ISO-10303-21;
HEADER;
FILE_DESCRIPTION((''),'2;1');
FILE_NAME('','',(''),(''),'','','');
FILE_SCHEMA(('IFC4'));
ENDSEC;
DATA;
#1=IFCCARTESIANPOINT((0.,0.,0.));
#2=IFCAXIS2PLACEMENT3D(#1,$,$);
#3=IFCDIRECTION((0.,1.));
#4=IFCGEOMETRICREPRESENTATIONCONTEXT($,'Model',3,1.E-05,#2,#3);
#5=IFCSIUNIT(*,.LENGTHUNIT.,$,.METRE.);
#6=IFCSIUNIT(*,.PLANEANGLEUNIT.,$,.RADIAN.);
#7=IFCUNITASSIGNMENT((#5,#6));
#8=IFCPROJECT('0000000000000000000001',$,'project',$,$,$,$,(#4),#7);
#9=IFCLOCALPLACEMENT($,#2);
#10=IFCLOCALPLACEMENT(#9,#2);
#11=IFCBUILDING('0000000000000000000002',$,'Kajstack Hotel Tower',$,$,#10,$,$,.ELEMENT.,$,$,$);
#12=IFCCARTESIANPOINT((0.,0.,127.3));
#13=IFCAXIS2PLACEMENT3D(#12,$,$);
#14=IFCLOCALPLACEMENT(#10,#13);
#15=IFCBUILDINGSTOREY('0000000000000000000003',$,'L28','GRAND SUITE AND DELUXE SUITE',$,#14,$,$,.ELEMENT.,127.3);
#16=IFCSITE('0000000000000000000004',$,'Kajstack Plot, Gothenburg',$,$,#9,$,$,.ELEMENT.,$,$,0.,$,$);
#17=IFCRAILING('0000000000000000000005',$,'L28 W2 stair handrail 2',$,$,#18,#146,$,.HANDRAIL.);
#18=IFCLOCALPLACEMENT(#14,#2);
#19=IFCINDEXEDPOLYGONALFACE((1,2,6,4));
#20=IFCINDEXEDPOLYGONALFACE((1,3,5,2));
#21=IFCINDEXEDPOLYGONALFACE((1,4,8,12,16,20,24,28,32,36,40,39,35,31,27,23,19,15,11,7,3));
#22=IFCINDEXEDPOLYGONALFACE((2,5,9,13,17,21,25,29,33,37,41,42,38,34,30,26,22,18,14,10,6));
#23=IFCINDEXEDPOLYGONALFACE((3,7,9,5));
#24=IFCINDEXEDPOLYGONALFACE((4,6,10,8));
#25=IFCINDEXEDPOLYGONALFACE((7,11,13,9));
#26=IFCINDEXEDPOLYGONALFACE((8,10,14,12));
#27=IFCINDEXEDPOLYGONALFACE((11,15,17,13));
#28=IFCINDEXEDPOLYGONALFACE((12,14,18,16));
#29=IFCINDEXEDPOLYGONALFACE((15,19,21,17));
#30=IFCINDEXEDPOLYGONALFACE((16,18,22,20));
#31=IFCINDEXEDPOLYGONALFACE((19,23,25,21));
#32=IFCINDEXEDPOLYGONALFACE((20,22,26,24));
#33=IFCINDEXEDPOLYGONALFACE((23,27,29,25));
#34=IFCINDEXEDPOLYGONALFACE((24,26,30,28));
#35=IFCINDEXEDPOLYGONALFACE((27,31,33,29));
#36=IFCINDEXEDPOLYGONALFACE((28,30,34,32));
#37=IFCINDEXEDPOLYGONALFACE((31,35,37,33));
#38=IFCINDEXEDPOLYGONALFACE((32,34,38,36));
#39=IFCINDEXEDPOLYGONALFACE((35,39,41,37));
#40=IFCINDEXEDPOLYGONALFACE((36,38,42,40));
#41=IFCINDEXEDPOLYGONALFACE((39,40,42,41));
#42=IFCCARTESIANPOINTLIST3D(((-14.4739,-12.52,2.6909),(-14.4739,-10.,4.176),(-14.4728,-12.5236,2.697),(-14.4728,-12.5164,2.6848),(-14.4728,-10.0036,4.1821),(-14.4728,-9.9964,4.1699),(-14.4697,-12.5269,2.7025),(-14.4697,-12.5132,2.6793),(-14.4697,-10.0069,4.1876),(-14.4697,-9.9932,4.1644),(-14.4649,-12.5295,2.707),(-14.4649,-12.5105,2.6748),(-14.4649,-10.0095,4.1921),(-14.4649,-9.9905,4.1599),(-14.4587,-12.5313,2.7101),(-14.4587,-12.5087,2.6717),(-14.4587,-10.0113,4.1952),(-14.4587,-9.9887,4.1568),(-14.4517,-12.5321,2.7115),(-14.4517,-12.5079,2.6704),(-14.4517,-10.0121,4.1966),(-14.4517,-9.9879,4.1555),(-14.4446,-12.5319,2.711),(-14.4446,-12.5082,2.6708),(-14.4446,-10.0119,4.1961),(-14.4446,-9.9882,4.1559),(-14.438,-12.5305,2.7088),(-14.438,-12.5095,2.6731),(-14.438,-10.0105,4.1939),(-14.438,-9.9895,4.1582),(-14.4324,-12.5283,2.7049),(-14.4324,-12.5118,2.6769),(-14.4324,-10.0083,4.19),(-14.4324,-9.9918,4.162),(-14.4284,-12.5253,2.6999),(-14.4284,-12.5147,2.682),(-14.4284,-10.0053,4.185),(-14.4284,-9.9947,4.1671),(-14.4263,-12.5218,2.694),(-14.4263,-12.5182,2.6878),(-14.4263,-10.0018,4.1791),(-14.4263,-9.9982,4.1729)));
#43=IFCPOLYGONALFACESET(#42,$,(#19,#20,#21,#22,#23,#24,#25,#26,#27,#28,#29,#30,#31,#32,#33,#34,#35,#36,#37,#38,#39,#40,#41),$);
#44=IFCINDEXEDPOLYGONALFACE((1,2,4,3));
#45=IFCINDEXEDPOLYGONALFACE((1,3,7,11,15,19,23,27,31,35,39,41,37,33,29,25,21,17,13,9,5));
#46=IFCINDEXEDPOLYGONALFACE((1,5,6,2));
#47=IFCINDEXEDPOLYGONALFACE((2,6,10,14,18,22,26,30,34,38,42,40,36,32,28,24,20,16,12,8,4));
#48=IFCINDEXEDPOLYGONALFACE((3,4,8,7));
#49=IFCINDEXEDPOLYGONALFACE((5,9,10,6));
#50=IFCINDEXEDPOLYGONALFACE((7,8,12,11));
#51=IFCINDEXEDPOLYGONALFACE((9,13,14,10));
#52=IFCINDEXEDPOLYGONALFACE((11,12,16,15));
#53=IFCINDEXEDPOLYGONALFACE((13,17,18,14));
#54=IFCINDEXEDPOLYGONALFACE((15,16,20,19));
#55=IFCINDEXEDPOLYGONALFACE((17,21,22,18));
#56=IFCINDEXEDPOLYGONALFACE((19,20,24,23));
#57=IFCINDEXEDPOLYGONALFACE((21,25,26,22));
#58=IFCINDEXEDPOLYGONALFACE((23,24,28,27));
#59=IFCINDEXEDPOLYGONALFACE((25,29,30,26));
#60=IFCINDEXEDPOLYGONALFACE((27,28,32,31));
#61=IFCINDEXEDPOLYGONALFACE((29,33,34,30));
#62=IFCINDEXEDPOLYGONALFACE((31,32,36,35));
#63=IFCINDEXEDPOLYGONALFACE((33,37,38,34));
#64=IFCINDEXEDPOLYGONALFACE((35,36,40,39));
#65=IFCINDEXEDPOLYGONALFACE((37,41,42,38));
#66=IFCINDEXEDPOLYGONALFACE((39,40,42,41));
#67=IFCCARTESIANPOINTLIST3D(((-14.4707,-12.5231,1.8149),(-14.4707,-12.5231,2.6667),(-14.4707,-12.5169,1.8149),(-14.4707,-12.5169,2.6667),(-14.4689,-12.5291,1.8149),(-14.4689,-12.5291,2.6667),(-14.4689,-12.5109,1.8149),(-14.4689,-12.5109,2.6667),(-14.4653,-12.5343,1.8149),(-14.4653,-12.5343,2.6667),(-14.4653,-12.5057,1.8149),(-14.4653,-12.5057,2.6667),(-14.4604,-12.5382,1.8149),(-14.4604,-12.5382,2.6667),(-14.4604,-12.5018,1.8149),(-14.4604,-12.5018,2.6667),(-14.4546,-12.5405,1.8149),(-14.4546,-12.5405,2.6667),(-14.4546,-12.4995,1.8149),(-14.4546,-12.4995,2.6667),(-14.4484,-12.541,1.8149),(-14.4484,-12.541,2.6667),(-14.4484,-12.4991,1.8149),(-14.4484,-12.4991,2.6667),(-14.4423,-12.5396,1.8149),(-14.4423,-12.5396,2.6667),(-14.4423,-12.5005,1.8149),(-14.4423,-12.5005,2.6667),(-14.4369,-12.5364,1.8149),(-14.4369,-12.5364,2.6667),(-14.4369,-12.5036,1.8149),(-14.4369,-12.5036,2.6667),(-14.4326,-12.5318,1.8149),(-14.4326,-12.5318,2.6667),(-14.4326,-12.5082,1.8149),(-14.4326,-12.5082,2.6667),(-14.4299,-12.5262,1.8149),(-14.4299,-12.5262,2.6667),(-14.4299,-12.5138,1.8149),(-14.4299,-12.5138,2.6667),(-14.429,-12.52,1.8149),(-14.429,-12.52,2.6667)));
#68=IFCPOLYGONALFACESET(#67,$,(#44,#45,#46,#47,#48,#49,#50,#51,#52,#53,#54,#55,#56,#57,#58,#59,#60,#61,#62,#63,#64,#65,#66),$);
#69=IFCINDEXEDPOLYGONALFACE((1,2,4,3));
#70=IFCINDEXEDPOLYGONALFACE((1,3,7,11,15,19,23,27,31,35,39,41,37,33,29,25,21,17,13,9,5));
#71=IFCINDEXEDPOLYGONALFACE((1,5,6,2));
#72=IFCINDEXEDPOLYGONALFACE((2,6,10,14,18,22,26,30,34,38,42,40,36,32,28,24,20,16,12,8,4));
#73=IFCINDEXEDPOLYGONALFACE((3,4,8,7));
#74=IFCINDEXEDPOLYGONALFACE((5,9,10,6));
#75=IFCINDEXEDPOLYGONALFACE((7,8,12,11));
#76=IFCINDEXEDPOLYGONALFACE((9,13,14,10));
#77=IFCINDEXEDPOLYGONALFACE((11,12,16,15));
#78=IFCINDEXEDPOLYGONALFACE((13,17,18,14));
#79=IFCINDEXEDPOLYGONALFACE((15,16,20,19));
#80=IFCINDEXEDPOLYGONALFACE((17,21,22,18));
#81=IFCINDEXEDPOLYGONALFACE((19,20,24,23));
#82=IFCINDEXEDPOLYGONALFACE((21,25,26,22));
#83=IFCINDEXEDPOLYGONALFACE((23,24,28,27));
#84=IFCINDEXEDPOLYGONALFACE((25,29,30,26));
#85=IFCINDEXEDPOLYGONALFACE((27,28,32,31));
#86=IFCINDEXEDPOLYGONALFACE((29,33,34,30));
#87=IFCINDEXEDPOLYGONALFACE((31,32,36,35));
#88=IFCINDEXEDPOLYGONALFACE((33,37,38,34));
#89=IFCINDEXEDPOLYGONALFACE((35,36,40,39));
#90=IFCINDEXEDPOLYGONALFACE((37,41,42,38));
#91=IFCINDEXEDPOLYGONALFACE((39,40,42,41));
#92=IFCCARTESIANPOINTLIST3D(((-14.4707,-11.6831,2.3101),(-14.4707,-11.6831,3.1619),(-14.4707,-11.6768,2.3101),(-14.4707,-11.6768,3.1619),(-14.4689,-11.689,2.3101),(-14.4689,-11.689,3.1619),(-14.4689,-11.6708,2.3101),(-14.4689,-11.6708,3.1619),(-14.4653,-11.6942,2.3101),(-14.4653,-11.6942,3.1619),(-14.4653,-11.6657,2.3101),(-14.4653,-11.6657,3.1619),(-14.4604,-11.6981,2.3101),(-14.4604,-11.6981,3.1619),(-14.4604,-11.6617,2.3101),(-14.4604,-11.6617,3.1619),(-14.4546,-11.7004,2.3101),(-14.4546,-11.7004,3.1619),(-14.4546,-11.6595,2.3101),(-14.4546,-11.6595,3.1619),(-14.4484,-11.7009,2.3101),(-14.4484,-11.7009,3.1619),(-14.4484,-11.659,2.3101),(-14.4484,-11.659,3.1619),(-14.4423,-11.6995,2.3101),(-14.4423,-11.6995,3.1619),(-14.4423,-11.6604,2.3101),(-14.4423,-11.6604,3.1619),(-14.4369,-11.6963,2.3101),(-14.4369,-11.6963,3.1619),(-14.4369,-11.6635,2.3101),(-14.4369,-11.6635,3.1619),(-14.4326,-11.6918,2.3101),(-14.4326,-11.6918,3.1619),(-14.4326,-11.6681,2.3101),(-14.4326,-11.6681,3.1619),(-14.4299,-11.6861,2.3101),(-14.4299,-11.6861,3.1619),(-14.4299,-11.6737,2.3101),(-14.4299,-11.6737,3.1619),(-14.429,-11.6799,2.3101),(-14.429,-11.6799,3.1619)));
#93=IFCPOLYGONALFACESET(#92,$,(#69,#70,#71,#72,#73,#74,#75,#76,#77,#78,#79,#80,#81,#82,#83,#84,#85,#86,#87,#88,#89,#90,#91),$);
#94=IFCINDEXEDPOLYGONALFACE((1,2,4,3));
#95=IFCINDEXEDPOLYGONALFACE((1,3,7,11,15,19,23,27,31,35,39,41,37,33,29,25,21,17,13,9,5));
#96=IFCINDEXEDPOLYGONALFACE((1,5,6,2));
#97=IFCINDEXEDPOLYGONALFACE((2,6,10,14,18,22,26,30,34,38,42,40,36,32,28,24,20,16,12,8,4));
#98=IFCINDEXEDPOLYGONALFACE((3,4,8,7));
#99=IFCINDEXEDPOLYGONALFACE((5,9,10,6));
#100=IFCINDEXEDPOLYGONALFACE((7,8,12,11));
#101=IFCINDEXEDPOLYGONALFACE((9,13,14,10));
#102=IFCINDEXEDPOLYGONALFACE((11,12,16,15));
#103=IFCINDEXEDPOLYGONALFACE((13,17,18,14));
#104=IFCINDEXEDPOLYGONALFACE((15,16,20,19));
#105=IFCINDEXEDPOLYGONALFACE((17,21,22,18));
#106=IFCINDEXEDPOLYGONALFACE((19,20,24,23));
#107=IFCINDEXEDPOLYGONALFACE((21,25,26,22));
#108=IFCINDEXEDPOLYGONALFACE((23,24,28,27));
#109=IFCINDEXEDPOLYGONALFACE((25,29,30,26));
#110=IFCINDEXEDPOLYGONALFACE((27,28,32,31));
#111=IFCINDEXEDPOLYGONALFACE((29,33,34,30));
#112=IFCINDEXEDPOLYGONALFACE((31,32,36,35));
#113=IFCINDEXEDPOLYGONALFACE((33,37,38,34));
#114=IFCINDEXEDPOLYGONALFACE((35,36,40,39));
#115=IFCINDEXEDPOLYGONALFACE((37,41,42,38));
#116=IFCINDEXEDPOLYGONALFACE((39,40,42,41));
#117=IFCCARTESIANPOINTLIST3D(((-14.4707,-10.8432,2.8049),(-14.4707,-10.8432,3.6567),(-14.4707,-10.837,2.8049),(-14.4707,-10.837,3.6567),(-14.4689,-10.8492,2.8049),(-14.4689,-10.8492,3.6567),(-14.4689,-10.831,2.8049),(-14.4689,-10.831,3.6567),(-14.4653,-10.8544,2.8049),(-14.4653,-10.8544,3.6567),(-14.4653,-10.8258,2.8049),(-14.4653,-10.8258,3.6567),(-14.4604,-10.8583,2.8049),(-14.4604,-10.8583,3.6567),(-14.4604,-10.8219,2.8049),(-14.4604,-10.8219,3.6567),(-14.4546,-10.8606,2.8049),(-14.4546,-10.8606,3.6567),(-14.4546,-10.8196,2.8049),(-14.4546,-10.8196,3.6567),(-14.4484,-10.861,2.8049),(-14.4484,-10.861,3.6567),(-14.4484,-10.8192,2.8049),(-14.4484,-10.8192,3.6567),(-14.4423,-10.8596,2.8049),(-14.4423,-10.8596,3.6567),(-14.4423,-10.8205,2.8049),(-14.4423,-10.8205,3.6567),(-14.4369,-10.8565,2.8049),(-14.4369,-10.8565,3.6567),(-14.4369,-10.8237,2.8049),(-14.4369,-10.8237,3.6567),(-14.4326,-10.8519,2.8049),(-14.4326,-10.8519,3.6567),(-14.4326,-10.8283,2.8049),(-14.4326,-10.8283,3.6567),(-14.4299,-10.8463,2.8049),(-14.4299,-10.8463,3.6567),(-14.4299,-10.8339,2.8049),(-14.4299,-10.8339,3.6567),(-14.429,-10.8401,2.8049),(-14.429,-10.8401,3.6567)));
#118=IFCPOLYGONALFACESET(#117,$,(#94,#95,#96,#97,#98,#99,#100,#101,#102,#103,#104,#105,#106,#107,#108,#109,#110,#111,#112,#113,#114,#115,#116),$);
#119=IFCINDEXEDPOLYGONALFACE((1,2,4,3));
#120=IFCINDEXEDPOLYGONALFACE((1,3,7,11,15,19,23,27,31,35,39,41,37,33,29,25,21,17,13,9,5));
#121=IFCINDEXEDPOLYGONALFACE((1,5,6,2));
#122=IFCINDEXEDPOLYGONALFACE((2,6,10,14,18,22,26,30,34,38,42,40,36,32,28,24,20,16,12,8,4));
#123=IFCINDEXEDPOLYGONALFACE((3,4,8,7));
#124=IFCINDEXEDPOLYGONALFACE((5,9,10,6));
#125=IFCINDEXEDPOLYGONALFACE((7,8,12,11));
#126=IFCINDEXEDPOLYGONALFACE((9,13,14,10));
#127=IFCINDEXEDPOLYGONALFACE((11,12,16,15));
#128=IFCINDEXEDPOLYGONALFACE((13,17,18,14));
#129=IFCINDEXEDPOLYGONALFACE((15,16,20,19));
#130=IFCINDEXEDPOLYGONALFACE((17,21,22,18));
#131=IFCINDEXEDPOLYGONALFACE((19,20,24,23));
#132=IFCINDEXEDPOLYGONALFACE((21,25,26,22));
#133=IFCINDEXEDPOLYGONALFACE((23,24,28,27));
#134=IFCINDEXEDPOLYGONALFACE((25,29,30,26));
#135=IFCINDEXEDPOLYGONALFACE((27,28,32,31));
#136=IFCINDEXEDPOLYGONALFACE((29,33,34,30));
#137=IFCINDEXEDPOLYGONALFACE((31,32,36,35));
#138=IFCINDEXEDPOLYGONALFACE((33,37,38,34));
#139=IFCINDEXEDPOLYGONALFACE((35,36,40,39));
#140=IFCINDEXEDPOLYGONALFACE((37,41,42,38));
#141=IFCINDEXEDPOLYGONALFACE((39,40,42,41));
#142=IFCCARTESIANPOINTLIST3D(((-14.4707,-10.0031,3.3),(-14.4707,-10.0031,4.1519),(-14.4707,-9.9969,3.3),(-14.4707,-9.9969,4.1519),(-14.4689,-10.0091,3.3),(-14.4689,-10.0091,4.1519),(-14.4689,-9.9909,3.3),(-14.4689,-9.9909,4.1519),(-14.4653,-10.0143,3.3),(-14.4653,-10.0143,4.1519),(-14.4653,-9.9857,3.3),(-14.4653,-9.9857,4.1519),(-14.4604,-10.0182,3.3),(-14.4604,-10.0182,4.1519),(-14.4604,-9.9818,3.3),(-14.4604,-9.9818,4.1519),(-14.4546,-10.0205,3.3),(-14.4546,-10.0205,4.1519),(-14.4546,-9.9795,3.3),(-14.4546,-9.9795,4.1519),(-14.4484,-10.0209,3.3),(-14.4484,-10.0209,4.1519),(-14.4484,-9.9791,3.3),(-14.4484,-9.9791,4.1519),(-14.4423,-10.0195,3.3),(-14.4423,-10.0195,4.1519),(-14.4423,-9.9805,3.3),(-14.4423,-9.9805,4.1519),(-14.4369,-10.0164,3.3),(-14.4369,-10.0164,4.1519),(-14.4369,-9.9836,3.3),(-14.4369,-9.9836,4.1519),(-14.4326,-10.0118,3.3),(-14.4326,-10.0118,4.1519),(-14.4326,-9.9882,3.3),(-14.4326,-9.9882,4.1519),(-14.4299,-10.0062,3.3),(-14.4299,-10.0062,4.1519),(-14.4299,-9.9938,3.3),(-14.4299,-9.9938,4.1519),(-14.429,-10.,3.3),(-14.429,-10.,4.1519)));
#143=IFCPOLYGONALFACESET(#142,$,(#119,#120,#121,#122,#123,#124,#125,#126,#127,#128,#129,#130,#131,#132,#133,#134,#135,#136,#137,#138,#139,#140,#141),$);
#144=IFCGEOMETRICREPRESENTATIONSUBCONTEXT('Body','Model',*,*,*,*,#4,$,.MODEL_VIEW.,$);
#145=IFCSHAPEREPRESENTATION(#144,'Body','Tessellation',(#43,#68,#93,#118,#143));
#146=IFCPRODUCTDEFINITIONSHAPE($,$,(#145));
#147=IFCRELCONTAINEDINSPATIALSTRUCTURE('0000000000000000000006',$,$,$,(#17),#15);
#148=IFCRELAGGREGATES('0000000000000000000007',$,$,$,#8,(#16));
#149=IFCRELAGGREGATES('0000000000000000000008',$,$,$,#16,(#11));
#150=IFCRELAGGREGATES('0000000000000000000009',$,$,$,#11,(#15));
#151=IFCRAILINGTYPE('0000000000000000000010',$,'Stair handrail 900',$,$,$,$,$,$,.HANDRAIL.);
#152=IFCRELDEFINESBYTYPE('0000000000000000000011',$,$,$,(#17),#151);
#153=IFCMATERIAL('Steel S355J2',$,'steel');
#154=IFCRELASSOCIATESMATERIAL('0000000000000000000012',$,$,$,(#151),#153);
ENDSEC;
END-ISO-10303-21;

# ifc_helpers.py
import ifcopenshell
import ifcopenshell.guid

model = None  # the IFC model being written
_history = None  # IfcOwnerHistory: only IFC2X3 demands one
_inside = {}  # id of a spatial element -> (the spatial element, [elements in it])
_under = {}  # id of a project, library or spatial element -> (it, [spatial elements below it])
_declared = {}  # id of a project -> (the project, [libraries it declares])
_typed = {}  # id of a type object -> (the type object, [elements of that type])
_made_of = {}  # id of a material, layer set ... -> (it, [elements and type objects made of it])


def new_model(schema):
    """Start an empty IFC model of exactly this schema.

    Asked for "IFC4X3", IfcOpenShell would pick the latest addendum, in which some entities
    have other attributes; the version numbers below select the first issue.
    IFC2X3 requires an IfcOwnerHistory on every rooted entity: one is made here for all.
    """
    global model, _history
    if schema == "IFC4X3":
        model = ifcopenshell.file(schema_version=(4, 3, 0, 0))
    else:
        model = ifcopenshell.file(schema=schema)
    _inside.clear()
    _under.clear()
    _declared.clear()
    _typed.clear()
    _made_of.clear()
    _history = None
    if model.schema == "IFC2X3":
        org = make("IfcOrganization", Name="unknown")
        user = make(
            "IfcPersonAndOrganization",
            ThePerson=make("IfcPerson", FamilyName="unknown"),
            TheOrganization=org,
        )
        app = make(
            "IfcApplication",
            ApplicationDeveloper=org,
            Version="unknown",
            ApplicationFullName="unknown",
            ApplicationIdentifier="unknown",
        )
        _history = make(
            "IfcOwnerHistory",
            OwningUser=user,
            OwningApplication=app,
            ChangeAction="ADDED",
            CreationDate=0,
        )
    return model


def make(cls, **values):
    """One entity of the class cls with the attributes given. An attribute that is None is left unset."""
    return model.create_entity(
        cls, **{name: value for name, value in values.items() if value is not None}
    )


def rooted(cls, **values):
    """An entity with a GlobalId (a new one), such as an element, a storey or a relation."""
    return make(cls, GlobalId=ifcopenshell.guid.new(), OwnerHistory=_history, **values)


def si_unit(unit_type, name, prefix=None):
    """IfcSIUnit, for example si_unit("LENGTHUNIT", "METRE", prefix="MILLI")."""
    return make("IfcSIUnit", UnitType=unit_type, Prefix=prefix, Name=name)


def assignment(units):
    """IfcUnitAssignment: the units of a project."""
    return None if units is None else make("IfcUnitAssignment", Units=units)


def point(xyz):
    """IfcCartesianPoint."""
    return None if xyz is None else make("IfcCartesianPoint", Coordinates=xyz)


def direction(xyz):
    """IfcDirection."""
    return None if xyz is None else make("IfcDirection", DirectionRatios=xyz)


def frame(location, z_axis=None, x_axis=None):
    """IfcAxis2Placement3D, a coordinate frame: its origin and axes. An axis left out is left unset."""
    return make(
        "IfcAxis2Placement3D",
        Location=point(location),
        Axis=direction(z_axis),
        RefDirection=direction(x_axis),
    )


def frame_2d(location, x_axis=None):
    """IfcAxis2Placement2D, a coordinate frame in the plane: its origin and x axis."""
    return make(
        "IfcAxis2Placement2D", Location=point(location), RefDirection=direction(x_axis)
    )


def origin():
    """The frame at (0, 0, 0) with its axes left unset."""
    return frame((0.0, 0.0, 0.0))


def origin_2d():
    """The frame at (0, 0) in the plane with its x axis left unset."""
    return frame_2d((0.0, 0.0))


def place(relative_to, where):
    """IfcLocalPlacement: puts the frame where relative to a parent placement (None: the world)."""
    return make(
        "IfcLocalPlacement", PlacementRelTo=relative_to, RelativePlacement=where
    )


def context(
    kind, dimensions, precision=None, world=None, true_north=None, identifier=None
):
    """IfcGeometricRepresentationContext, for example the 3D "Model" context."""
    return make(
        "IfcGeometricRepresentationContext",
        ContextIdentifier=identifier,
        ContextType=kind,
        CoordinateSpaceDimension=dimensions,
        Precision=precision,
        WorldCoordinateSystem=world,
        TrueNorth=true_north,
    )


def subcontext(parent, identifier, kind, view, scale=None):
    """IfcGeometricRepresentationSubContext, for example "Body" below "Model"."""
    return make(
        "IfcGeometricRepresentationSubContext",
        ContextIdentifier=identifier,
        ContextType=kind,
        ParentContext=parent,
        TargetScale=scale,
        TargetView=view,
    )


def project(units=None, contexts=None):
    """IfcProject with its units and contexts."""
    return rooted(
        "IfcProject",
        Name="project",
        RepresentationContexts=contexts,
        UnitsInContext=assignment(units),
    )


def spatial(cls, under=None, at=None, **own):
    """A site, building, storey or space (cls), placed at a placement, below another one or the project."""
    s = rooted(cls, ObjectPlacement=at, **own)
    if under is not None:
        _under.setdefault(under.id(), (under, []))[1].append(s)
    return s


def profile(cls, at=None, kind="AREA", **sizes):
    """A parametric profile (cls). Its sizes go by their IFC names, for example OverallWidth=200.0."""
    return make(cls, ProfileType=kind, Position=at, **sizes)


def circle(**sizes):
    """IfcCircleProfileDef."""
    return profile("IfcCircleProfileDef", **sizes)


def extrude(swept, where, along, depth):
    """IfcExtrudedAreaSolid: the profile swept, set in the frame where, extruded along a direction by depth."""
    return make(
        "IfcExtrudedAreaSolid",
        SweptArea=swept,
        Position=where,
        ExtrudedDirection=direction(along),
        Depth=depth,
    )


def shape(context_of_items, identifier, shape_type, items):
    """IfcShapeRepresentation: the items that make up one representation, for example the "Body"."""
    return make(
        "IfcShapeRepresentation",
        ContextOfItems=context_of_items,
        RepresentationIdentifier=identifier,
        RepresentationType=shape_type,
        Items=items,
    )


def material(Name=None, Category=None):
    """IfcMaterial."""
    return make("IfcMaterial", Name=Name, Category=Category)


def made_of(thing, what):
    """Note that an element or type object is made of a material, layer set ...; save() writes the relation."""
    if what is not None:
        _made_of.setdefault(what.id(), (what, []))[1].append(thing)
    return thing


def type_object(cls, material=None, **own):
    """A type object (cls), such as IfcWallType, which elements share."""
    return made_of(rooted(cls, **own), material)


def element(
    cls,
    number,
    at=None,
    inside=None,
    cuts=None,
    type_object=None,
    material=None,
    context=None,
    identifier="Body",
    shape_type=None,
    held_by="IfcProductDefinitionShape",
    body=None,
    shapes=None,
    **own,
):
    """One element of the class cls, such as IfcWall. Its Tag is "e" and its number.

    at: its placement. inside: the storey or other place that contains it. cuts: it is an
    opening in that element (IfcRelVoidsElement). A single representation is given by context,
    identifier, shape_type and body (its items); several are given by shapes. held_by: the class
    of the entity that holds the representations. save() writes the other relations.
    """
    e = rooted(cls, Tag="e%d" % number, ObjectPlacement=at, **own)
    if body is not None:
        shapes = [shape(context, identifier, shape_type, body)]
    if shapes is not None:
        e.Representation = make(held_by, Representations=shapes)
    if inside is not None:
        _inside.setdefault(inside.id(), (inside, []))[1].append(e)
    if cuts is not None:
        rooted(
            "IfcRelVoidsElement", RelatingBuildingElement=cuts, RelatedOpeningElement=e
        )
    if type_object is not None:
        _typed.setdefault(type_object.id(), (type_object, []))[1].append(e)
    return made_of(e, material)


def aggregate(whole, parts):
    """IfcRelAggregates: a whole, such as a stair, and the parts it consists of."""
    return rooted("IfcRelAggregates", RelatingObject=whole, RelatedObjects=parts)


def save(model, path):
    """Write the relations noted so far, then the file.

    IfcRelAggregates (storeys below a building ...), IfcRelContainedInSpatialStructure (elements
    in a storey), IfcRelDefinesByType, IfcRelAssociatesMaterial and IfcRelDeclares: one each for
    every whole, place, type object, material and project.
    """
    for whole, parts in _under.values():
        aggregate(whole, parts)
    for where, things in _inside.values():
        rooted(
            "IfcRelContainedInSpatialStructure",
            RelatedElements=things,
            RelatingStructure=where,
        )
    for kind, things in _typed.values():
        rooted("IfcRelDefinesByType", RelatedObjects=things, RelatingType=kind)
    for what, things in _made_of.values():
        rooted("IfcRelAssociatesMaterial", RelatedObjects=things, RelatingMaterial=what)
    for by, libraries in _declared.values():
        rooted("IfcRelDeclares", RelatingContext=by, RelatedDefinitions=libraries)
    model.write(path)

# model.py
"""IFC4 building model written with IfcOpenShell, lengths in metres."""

from ifc_helpers import new_model, si_unit, direction, frame, origin, origin_2d, place, context, subcontext, project, spatial, circle, extrude, material, type_object, element, save


model = new_model("IFC4")

# Units and contexts
model_context = context("Model", 3, precision=1e-05, world=origin(), true_north=direction((0.0, 1.0)))
body_context = subcontext(model_context, "Body", "Model", "MODEL_VIEW")
ifc_project = project(units=[si_unit("LENGTHUNIT", "METRE"), si_unit("PLANEANGLEUNIT", "RADIAN")], contexts=[model_context])

# Site, building, storey
site_placement = place(None, origin())
site = spatial("IfcSite", under=ifc_project, at=site_placement, Name="Kajstack Plot, Gothenburg", CompositionType="ELEMENT", RefElevation=0.0)
building_placement = place(site_placement, origin())
building = spatial("IfcBuilding", under=site, at=building_placement, Name="Kajstack Hotel Tower", CompositionType="ELEMENT")
storey_placement = place(building_placement, frame((0.0, 0.0, 127.3)))
storey = spatial("IfcBuildingStorey", under=building, at=storey_placement, Name="L28", Description="GRAND SUITE AND DELUXE SUITE", CompositionType="ELEMENT", Elevation=127.3)

# Railing
ifc_material_1 = material(Name="Steel S355J2", Category="steel")
railing_type = type_object("IfcRailingType", Name="Stair handrail 900", PredefinedType="HANDRAIL", material=ifc_material_1)
railing_placement = place(storey_placement, frame((-14.45, -12.52, 1.8149)))
element("IfcRailing", 1, at=railing_placement, inside=storey, type_object=railing_type, Name="L28 W2 stair handrail 2", PredefinedType="HANDRAIL", context=body_context, shape_type="SweptSolid", body=[
    extrude(circle(Radius=0.0239, at=origin_2d()), frame((0.0, 0.0, 0.876), z_axis=(0.0, 0.861524, 0.507717), x_axis=(-1.0, 0.0, 0.0)), (0.0, 0.0, 1.0), 2.925),
    extrude(circle(Radius=0.021, at=origin_2d()), origin(), (0.0, 0.0, 1.0), 0.8518),
    extrude(circle(Radius=0.021, at=origin_2d()), frame((0.0, 0.8401, 0.4951)), (0.0, 0.0, 1.0), 0.8518),
    extrude(circle(Radius=0.021, at=origin_2d()), frame((0.0, 1.6799, 0.99)), (0.0, 0.0, 1.0), 0.8518),
    extrude(circle(Radius=0.021, at=origin_2d()), frame((0.0, 2.52, 1.4851)), (0.0, 0.0, 1.0), 0.8518),
])

save(model, "model.ifc")
